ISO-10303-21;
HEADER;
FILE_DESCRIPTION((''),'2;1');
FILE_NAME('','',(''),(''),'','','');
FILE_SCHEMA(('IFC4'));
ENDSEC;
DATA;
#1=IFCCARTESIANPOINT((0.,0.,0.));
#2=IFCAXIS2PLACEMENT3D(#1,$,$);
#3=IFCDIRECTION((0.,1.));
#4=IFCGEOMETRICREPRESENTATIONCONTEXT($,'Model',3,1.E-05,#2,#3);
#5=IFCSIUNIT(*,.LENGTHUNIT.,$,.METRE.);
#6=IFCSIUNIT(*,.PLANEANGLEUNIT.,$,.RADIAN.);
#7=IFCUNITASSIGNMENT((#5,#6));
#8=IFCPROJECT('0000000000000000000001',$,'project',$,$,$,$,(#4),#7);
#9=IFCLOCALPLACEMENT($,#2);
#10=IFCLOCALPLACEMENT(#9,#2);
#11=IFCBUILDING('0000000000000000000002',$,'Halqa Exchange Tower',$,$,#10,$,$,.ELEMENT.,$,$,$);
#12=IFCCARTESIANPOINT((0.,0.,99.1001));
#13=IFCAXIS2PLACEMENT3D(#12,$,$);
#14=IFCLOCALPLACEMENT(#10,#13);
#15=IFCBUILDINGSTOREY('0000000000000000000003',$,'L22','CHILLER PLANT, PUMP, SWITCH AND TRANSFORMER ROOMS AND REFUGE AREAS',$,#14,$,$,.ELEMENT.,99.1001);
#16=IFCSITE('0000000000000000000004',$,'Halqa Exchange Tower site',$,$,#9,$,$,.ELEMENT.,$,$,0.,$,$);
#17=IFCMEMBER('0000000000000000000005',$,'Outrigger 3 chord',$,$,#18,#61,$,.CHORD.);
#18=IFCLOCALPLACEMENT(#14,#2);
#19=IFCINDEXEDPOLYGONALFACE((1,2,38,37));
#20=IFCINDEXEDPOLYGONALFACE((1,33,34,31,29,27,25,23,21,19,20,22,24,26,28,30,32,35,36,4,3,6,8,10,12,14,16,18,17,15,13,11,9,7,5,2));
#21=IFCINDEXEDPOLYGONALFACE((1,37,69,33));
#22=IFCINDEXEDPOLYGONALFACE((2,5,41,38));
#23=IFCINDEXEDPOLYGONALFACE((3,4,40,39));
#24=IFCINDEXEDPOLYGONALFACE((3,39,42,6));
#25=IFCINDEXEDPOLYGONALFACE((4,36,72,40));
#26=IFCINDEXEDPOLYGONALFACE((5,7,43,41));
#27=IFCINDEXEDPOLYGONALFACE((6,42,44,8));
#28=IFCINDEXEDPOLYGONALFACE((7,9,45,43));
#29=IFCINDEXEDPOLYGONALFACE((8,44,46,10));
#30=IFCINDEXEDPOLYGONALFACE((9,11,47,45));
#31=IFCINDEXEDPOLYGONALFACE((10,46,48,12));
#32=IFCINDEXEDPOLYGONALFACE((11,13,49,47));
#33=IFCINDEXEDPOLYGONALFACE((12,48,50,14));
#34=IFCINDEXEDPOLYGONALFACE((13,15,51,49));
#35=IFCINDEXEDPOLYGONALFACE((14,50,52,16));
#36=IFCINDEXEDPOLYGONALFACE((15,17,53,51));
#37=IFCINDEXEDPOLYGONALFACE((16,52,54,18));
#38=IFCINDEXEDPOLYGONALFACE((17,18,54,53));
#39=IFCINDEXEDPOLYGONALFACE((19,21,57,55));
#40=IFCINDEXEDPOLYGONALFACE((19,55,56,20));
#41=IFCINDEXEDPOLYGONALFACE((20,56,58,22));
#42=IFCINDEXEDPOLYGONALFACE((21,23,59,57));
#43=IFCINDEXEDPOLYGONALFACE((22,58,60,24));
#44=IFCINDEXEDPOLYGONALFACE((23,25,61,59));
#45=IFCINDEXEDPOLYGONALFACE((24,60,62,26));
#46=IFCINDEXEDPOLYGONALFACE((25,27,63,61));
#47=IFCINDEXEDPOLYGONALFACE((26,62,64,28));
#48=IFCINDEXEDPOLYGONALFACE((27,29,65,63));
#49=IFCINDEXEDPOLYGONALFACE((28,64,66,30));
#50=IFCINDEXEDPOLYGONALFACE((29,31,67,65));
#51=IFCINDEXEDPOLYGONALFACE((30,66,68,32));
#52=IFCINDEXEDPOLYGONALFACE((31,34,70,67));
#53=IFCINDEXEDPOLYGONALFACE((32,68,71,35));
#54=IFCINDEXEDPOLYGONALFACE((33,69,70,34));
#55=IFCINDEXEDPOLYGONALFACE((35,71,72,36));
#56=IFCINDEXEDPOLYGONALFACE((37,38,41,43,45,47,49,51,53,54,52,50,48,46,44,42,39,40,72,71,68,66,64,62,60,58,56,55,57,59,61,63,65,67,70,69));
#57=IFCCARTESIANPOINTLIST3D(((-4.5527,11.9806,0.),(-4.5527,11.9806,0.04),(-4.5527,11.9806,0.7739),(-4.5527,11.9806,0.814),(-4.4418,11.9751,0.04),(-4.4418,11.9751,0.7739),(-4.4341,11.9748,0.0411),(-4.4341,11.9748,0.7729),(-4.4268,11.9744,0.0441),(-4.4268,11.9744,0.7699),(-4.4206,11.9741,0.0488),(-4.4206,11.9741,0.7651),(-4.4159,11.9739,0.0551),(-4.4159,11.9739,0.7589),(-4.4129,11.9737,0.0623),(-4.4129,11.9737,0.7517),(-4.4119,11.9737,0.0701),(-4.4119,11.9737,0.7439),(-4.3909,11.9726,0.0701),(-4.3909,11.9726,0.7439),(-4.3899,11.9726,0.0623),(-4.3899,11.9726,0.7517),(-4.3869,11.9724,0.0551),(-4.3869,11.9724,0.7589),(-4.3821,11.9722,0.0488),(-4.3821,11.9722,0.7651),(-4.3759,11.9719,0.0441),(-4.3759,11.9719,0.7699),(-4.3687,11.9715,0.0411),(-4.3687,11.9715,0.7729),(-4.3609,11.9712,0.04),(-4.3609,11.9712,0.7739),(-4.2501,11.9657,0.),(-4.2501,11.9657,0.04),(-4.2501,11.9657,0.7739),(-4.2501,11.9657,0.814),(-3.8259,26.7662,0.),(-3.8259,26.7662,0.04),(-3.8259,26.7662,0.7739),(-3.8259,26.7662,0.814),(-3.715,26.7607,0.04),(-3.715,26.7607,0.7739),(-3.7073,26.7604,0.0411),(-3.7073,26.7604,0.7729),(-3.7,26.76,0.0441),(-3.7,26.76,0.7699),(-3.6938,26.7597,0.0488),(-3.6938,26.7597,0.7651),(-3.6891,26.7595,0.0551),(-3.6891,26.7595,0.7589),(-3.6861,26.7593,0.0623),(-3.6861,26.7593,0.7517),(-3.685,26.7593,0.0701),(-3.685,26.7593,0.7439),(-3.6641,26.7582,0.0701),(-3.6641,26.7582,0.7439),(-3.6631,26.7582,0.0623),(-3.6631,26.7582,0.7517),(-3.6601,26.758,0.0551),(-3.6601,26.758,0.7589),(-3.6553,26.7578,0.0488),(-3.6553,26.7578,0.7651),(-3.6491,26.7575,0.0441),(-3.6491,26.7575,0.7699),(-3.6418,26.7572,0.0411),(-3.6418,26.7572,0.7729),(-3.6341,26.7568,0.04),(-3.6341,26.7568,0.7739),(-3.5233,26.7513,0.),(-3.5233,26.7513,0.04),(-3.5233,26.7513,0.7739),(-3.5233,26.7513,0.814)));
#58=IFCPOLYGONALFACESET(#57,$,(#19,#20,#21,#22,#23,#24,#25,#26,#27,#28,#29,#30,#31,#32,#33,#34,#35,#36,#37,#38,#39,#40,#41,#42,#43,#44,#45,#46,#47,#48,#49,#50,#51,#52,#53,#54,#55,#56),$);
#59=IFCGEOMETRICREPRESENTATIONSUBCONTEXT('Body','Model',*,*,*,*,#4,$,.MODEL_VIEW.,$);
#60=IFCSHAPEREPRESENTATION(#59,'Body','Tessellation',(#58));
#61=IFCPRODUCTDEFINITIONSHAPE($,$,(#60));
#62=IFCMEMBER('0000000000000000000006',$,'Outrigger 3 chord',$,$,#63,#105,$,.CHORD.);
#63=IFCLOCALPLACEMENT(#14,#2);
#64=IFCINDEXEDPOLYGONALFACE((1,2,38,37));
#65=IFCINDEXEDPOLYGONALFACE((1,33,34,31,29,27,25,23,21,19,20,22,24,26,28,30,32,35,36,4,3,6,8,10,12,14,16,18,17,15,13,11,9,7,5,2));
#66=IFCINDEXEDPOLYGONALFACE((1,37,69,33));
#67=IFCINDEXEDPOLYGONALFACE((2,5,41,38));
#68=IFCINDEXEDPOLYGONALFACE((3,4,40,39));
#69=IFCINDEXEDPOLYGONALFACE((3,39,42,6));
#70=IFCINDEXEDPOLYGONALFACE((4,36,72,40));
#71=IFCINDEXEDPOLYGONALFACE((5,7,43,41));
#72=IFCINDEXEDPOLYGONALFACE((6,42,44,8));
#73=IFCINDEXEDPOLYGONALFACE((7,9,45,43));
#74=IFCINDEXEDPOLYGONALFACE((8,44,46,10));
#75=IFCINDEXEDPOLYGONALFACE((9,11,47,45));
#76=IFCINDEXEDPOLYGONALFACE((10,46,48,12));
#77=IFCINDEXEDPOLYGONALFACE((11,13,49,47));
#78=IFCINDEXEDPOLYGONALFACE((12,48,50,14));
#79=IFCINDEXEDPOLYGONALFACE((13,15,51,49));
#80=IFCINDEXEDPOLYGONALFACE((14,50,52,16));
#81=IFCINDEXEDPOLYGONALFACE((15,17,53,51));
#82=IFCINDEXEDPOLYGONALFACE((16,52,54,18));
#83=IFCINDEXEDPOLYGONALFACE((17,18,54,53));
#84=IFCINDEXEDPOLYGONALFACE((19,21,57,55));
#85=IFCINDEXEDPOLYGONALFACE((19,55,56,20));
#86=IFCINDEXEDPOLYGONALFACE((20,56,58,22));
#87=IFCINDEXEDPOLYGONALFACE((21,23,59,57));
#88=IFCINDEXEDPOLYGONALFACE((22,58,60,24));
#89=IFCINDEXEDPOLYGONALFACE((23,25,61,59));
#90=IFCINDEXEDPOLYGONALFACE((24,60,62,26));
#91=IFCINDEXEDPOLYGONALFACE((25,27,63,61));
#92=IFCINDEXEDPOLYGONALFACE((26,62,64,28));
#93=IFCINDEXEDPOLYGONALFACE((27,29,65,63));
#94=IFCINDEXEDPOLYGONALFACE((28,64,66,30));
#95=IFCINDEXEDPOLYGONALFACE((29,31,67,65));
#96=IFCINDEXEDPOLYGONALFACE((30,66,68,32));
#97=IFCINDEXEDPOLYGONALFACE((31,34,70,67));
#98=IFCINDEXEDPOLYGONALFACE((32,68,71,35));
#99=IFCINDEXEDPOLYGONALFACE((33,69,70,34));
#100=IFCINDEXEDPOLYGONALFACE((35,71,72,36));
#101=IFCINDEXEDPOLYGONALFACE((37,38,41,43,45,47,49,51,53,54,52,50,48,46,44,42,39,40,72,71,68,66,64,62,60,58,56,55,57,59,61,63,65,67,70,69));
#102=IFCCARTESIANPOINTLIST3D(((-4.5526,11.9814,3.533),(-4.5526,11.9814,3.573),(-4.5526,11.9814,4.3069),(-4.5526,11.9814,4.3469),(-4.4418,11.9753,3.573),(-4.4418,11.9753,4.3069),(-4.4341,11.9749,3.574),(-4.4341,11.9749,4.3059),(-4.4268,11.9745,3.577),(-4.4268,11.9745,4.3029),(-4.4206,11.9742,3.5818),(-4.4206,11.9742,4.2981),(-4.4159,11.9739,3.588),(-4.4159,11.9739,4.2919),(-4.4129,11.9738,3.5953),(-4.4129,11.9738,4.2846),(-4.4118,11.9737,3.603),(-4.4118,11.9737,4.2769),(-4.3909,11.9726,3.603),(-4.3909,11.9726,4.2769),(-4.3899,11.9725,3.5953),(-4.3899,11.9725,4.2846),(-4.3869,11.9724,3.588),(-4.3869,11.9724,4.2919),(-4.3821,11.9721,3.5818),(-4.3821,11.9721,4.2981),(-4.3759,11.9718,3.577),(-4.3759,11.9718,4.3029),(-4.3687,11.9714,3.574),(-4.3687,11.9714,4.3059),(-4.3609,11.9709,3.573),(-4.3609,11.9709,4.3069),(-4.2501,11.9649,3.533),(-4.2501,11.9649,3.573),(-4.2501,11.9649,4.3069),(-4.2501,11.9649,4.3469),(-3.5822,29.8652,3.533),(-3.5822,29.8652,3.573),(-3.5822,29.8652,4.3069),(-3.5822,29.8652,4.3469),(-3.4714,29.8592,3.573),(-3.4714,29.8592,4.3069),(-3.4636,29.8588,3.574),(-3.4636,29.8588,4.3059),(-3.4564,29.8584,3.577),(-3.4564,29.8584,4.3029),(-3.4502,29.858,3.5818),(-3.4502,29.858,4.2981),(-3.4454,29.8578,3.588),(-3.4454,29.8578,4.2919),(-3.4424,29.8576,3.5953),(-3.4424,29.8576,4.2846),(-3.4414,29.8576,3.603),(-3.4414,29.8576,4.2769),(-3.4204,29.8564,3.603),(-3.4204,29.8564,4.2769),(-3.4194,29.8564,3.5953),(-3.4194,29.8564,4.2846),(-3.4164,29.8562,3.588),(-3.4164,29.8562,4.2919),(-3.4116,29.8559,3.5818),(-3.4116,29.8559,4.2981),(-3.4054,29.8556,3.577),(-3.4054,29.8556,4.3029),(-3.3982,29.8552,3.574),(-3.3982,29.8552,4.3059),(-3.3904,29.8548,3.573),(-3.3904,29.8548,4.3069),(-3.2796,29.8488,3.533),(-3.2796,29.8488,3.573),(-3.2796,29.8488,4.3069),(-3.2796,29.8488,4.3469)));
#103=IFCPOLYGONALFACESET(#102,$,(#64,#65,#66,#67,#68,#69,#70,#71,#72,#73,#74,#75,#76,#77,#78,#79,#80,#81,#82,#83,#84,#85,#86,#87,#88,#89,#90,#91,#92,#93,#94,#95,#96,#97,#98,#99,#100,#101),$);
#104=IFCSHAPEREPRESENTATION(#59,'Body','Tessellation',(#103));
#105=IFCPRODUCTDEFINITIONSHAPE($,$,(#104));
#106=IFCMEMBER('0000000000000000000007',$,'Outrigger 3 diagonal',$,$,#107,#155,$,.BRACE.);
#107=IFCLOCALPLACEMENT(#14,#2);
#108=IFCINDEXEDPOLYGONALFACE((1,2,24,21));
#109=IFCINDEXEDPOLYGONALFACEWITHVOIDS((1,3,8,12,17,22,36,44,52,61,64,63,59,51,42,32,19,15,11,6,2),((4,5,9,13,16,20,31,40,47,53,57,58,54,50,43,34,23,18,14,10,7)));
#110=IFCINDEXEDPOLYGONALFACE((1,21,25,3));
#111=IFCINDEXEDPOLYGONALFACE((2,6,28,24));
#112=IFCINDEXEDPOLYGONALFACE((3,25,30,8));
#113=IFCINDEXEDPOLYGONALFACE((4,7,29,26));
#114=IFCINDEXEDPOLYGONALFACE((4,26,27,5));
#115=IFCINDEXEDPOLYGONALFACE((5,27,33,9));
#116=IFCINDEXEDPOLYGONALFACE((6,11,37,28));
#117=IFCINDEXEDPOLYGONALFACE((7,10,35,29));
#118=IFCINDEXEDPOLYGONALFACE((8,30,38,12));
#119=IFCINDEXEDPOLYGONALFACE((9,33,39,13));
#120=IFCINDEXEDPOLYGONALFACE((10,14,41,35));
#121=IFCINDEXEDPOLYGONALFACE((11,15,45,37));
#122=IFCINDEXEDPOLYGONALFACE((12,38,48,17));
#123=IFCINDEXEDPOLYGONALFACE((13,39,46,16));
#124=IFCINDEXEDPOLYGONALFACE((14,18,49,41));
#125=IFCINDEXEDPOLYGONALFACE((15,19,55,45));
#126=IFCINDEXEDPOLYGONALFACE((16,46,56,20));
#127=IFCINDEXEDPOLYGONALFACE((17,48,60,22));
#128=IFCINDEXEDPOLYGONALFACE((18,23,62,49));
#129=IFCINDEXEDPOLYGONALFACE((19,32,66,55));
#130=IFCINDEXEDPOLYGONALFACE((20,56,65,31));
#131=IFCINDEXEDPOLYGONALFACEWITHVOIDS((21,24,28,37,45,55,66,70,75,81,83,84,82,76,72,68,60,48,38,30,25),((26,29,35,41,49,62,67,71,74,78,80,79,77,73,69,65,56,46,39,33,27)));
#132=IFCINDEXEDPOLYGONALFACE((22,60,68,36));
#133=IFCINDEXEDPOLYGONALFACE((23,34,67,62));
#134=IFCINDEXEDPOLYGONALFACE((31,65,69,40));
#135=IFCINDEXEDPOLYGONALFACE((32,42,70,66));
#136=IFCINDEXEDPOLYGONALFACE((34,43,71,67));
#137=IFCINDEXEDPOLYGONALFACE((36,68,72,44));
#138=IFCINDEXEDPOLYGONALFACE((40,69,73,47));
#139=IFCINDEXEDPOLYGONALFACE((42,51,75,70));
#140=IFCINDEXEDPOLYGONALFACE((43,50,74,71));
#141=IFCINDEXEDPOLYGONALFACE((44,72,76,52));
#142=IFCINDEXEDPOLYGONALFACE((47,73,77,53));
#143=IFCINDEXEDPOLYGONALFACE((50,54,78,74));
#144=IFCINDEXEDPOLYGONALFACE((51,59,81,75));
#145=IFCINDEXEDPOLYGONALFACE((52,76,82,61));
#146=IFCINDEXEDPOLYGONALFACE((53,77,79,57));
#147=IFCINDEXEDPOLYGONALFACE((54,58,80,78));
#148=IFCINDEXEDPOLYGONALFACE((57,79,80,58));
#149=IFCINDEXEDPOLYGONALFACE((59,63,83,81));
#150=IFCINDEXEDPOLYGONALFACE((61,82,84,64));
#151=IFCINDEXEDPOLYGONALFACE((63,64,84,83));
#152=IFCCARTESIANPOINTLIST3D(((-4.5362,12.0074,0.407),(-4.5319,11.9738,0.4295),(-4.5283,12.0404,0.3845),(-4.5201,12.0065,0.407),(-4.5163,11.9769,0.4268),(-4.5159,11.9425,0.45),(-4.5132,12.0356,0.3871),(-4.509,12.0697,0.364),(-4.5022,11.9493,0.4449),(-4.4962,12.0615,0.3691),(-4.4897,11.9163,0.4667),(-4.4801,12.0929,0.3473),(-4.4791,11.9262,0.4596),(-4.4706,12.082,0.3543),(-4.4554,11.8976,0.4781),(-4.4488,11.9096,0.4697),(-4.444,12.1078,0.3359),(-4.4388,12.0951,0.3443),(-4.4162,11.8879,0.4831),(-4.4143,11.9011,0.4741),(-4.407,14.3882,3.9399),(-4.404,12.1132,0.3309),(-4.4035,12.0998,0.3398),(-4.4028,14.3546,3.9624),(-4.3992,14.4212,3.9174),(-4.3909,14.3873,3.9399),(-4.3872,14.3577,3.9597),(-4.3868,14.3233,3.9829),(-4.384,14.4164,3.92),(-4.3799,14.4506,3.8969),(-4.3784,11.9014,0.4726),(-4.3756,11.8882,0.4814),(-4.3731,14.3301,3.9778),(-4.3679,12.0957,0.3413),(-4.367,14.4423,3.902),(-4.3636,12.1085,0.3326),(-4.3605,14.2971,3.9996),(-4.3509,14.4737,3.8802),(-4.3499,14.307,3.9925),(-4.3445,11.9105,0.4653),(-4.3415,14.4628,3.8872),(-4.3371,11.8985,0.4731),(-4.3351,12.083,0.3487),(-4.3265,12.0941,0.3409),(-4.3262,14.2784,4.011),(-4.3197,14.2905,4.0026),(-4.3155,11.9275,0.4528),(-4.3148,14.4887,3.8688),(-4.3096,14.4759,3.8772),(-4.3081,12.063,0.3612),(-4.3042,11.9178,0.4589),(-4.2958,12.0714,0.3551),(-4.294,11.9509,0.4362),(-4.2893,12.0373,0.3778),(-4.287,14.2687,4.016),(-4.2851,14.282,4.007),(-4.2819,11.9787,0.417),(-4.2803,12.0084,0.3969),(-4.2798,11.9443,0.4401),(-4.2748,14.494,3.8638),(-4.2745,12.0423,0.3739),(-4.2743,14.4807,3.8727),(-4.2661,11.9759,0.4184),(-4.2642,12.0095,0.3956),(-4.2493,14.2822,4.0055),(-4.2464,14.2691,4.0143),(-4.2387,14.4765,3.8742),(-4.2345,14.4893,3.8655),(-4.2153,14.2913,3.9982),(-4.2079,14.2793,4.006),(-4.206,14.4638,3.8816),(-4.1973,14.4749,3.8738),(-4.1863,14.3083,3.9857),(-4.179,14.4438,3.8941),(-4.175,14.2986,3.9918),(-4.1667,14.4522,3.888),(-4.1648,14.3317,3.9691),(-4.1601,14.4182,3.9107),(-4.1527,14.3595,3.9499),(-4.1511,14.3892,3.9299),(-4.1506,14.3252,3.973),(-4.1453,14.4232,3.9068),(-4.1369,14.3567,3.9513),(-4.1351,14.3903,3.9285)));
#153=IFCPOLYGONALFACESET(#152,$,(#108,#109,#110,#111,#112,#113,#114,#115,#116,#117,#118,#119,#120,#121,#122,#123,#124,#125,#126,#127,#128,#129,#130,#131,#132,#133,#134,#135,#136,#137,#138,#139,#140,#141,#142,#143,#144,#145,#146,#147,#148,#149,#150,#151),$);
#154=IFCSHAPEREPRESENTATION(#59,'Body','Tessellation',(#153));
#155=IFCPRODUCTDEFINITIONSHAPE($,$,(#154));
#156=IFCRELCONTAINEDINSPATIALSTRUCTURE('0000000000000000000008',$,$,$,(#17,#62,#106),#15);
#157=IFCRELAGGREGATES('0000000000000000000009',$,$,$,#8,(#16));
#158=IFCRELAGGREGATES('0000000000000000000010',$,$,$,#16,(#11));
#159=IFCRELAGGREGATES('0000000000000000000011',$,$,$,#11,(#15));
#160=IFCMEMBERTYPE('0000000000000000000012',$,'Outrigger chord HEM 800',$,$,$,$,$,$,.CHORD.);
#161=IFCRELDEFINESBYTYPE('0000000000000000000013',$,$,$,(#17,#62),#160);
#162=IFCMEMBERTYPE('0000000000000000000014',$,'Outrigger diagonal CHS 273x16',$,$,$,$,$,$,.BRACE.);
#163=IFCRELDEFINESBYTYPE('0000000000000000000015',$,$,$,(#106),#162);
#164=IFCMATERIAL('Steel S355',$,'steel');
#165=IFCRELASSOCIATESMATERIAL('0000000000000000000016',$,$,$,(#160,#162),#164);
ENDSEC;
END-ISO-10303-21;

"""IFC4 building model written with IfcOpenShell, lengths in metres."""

from ifc_helpers import new_model, si_unit, direction, frame, origin, origin_2d, place, context, subcontext, project, spatial, hollow_circle, i_section, extrude, material, material_profile, profile_set, type_object, element, save


model = new_model("IFC4")

# Units and contexts
model_context = context("Model", 3, precision=1e-05, world=origin(), true_north=direction((0.0, 1.0)))
body_context = subcontext(model_context, "Body", "Model", "MODEL_VIEW")
ifc_project = project(units=[si_unit("LENGTHUNIT", "METRE"), si_unit("PLANEANGLEUNIT", "RADIAN")], contexts=[model_context])

# Site, building, storey
site_placement = place(None, origin())
site = spatial("IfcSite", under=ifc_project, at=site_placement, Name="Halqa Exchange Tower site", CompositionType="ELEMENT", RefElevation=0.0)
building_placement = place(site_placement, origin())
building = spatial("IfcBuilding", under=site, at=building_placement, Name="Halqa Exchange Tower", CompositionType="ELEMENT")
storey_placement = place(building_placement, frame((0.0, 0.0, 99.1001)))
storey = spatial("IfcBuildingStorey", under=building, at=storey_placement, Name="L22", Description="CHILLER PLANT, PUMP, SWITCH AND TRANSFORMER ROOMS AND REFUGE AREAS", CompositionType="ELEMENT", Elevation=99.1001)

# Shared definitions
ifc_material_1 = material(Name="Steel S355", Category="steel")

# Members
ifc_material_profile_1 = material_profile(ifc_material_1, i_section(OverallWidth=0.303, OverallDepth=0.814, WebThickness=0.021, FlangeThickness=0.04, FilletRadius=0.03, at=origin_2d()), Name="HEM 800")
ifc_profile_set_1 = profile_set([ifc_material_profile_1], Name="Steel S355")
member_type_1 = type_object("IfcMemberType", Name="Outrigger chord HEM 800", PredefinedType="CHORD", material=ifc_profile_set_1)
member_1_placement = place(storey_placement, frame((-4.4014, 11.9731, 0.407), z_axis=(0.049097, 0.998794, 0.0), x_axis=(-0.998794, 0.049097, 0.0)))
element("IfcMember", 1, at=member_1_placement, inside=storey, type_object=member_type_1, Name="Outrigger 3 chord", PredefinedType="CHORD", context=body_context, shape_type="SweptSolid", body=[
    extrude(i_section(OverallWidth=0.303, OverallDepth=0.814, WebThickness=0.021, FlangeThickness=0.04, FilletRadius=0.03, at=origin_2d()), origin(), (0.0, 0.0, 1.0), 14.8035),
])
member_2_placement = place(storey_placement, frame((-4.4014, 11.9731, 3.9399), z_axis=(0.054185, 0.998531, 0.0), x_axis=(-0.998531, 0.054185, 0.0)))
element("IfcMember", 2, at=member_2_placement, inside=storey, type_object=member_type_1, Name="Outrigger 3 chord", PredefinedType="CHORD", context=body_context, shape_type="SweptSolid", body=[
    extrude(i_section(OverallWidth=0.303, OverallDepth=0.814, WebThickness=0.021, FlangeThickness=0.04, FilletRadius=0.03, at=origin_2d()), origin(), (0.0, 0.0, 1.0), 17.9102),
])
ifc_material_profile_2 = material_profile(ifc_material_1, hollow_circle(Radius=0.1365, WallThickness=0.0161, at=origin_2d()), Name="CHS 273x16")
ifc_profile_set_2 = profile_set([ifc_material_profile_2], Name="Steel S355")
member_type_2 = type_object("IfcMemberType", Name="Outrigger diagonal CHS 273x16", PredefinedType="BRACE", material=ifc_profile_set_2)
member_3_placement = place(storey_placement, frame((-4.3999, 12.0, 0.407), z_axis=(0.030301, 0.558589, 0.828891), x_axis=(-0.998532, 0.054166, 0.0)))
element("IfcMember", 3, at=member_3_placement, inside=storey, type_object=member_type_2, Name="Outrigger 3 diagonal", PredefinedType="BRACE", context=body_context, shape_type="SweptSolid", body=[
    extrude(hollow_circle(Radius=0.1365, WallThickness=0.0161, at=origin_2d()), origin(), (0.0, 0.0, 1.0), 4.2622),
])

save(model, "model.ifc")
